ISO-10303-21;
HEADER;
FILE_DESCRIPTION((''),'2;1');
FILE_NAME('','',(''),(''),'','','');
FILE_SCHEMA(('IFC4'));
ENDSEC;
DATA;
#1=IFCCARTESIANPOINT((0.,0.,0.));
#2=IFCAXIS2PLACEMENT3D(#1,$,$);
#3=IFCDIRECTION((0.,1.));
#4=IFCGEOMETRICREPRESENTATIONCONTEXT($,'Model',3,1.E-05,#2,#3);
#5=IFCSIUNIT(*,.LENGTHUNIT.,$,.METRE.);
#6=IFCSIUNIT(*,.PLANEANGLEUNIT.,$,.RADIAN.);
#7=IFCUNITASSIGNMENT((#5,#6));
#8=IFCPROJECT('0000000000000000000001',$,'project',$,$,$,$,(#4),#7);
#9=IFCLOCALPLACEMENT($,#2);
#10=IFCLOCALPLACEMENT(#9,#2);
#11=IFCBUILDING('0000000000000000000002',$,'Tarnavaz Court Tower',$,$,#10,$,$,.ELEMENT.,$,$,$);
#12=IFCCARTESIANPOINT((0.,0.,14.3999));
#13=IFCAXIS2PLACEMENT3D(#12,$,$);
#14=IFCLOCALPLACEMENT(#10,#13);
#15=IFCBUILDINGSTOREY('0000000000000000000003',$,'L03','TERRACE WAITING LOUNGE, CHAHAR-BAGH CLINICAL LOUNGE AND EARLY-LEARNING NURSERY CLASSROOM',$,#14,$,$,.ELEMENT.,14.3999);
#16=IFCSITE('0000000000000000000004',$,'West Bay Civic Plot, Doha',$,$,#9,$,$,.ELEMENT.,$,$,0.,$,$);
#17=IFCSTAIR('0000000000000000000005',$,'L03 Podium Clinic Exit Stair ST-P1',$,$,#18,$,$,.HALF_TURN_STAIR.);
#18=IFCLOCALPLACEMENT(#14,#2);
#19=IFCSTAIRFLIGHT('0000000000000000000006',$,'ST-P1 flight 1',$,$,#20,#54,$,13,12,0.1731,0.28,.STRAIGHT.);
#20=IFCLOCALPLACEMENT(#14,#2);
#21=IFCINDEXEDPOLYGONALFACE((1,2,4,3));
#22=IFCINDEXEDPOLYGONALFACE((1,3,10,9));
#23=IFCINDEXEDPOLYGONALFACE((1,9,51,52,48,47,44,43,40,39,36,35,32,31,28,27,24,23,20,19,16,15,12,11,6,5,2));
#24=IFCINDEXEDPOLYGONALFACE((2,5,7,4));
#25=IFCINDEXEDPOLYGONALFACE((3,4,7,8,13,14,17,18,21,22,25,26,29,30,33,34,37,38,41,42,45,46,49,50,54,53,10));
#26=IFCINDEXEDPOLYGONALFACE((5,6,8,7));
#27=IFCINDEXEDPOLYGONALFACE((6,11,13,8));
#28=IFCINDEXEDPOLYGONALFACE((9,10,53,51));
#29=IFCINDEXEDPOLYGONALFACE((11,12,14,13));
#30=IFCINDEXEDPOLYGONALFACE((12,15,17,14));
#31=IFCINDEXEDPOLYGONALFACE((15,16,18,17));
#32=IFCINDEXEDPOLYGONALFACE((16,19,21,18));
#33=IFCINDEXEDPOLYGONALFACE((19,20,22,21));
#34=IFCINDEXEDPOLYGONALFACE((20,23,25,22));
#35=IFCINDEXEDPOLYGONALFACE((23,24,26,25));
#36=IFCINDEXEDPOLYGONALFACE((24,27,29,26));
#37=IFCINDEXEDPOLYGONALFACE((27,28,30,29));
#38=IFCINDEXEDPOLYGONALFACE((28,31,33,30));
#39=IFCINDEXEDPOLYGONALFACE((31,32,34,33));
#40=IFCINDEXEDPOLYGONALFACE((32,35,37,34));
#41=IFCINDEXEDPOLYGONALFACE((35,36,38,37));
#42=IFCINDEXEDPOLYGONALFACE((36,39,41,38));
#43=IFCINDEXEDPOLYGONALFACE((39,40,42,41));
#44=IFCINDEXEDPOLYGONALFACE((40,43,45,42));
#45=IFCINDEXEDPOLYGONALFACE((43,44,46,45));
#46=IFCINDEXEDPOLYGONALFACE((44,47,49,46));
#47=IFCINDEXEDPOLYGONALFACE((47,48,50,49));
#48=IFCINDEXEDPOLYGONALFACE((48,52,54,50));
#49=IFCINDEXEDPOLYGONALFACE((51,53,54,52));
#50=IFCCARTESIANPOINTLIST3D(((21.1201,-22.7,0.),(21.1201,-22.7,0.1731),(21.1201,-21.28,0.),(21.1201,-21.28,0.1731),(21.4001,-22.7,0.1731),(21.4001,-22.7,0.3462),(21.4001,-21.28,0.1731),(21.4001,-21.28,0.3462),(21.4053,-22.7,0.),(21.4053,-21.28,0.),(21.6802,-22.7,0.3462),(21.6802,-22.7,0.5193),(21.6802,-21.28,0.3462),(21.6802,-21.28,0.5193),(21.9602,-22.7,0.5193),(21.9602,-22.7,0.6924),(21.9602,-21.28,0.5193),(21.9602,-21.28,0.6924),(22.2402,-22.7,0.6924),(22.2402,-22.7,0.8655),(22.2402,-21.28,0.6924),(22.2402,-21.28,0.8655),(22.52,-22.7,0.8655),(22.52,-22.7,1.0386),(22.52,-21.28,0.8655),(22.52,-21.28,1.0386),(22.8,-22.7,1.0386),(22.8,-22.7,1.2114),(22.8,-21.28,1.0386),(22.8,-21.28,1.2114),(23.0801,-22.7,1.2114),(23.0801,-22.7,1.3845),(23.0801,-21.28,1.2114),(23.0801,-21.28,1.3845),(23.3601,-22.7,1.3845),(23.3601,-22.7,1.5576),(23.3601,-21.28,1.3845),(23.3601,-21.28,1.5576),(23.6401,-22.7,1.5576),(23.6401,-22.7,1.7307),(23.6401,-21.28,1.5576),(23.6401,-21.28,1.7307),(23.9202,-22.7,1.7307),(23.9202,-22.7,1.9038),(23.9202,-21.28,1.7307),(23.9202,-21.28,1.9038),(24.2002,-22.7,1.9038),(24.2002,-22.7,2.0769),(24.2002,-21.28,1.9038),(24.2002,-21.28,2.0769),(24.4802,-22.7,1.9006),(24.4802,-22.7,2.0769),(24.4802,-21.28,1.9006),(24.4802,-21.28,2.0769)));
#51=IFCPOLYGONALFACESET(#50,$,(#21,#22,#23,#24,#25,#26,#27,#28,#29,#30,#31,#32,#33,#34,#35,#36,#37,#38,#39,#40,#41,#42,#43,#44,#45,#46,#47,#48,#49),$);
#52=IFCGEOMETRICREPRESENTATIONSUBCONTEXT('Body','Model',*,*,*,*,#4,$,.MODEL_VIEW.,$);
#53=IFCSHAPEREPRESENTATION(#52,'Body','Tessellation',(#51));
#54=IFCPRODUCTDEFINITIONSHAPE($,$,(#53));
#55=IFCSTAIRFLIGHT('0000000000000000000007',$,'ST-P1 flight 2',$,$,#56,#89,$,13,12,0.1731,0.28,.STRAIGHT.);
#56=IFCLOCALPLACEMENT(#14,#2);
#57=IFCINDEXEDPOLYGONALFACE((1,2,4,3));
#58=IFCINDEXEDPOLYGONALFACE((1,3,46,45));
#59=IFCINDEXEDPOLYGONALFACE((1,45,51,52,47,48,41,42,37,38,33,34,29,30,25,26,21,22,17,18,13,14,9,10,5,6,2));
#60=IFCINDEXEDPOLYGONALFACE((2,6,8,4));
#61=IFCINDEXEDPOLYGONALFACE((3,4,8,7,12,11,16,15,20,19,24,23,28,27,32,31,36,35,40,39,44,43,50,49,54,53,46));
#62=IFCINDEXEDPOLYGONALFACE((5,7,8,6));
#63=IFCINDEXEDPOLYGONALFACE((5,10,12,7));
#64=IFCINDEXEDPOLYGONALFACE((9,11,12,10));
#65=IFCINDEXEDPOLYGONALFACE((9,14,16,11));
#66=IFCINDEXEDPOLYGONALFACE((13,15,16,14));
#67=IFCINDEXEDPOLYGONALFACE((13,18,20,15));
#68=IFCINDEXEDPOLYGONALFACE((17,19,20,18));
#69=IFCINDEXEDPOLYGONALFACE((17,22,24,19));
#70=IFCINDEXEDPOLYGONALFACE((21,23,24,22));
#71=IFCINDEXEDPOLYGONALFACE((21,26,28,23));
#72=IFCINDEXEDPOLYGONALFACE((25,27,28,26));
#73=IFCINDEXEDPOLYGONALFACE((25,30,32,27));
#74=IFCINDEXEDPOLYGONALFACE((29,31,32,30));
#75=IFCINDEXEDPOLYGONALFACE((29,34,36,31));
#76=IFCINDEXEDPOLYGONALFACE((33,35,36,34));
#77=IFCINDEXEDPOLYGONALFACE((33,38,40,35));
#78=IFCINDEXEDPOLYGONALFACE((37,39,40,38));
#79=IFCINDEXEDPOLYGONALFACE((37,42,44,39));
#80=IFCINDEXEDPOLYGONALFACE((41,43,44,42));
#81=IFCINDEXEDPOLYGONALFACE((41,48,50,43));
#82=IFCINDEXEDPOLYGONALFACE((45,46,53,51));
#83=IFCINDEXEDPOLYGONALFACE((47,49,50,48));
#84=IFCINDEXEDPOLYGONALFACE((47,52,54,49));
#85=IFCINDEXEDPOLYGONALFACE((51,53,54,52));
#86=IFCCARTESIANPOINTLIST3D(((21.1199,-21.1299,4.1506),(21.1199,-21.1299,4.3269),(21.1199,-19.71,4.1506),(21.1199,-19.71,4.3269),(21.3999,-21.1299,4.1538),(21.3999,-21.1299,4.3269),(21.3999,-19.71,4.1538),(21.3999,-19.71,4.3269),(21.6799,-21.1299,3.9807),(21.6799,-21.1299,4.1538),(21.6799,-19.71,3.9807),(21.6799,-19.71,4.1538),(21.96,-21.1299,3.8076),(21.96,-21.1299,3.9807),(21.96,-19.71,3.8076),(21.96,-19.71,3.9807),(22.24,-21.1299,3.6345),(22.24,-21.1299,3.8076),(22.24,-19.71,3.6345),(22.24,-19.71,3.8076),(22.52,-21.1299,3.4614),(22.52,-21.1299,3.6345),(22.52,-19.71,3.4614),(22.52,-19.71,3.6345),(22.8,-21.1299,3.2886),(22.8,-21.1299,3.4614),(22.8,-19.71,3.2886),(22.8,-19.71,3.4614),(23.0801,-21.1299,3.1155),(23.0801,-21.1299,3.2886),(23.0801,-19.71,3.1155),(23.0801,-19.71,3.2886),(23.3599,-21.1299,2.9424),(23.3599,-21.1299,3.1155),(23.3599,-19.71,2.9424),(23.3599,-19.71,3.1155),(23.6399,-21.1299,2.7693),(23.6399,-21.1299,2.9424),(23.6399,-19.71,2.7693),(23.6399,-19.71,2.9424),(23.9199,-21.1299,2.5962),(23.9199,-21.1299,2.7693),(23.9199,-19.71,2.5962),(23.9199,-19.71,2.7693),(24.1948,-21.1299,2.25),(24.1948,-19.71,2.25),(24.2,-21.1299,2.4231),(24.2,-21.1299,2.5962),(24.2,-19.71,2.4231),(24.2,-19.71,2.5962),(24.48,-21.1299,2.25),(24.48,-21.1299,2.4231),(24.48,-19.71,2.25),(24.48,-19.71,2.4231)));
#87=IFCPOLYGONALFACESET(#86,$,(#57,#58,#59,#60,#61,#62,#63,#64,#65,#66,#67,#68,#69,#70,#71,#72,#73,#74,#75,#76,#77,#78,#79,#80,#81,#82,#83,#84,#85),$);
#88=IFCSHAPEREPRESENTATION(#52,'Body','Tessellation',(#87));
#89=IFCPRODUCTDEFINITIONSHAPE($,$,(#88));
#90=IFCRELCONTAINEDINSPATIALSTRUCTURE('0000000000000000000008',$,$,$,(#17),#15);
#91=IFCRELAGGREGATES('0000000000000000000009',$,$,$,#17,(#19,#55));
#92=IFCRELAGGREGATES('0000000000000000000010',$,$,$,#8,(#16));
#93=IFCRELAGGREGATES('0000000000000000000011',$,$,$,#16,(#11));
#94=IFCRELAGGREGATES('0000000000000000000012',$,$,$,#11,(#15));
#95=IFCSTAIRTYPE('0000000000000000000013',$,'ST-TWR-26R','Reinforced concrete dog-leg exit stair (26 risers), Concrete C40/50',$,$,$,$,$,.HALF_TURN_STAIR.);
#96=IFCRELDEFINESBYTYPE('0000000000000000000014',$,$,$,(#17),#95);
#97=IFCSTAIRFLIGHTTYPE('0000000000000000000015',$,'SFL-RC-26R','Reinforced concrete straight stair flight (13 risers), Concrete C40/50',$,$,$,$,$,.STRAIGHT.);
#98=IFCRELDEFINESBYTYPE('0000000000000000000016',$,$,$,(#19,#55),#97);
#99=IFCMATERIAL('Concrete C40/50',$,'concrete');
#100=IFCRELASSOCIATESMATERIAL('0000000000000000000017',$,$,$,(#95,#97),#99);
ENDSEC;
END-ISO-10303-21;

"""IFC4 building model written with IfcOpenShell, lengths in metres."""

from ifc_helpers import new_model, si_unit, direction, frame, origin, place, context, subcontext, project, spatial, polyline, outline, extrude, material, type_object, element, aggregate, save


model = new_model("IFC4")

# Units and contexts
model_context = context("Model", 3, precision=1e-05, world=origin(), true_north=direction((0.0, 1.0)))
body_context = subcontext(model_context, "Body", "Model", "MODEL_VIEW")
ifc_project = project(units=[si_unit("LENGTHUNIT", "METRE"), si_unit("PLANEANGLEUNIT", "RADIAN")], contexts=[model_context])

# Site, building, storey
site_placement = place(None, origin())
site = spatial("IfcSite", under=ifc_project, at=site_placement, Name="West Bay Civic Plot, Doha", CompositionType="ELEMENT", RefElevation=0.0)
building_placement = place(site_placement, origin())
building = spatial("IfcBuilding", under=site, at=building_placement, Name="Tarnavaz Court Tower", CompositionType="ELEMENT")
storey_placement = place(building_placement, frame((0.0, 0.0, 14.3999)))
storey = spatial("IfcBuildingStorey", under=building, at=storey_placement, Name="L03", Description="TERRACE WAITING LOUNGE, CHAHAR-BAGH CLINICAL LOUNGE AND EARLY-LEARNING NURSERY CLASSROOM", CompositionType="ELEMENT", Elevation=14.3999)

# Stair, stair flights
ifc_material_1 = material(Name="Concrete C40/50", Category="concrete")
stair_type = type_object("IfcStairType", Name="ST-TWR-26R", Description="Reinforced concrete dog-leg exit stair (26 risers), Concrete C40/50", PredefinedType="HALF_TURN_STAIR", material=ifc_material_1)
stair_placement = place(storey_placement, origin())
stair = element("IfcStair", 1, at=stair_placement, inside=storey, type_object=stair_type, Name="L03 Podium Clinic Exit Stair ST-P1", PredefinedType="HALF_TURN_STAIR")
stair_flight_type = type_object("IfcStairFlightType", Name="SFL-RC-26R", Description="Reinforced concrete straight stair flight (13 risers), Concrete C40/50", PredefinedType="STRAIGHT", material=ifc_material_1)
stair_flight_1_placement = place(storey_placement, frame((21.1201, -21.99, 0.0), z_axis=(0.0, 0.0, 1.0), x_axis=(1.0, 0.0, 0.0)))
stair_flight_1 = element("IfcStairFlight", 2, at=stair_flight_1_placement, type_object=stair_flight_type, Name="ST-P1 flight 1", NumberOfRisers=13, NumberOfTreads=12, PredefinedType="STRAIGHT", RiserHeight=0.1731, TreadLength=0.28, context=body_context, shape_type="SweptSolid", body=[
    extrude(outline(polyline([(0.0, 0.0), (0.0, 0.1731), (0.28, 0.1731), (0.28, 0.3462), (0.5601, 0.3462), (0.5601, 0.5193), (0.8401, 0.5193), (0.8401, 0.6924), (1.1201, 0.6924), (1.1201, 0.8655), (1.3999, 0.8655), (1.3999, 1.0386), (1.6799, 1.0386), (1.6799, 1.2114), (1.96, 1.2114), (1.96, 1.3845), (2.24, 1.3845), (2.24, 1.5576), (2.52, 1.5576), (2.52, 1.7307), (2.8, 1.7307), (2.8, 1.9038), (3.0801, 1.9038), (3.0801, 2.0769), (3.3601, 2.0769), (3.3601, 2.25), (3.3601, 1.9006), (0.2852, 0.0), (0.0, 0.0)])), frame((0.0, 0.71, 0.0), z_axis=(0.0, -1.0, 0.0), x_axis=(1.0, 0.0, 0.0)), (0.0, 0.0, 1.0), 1.4199),
])
stair_flight_2_placement = place(storey_placement, frame((24.48, -20.4199, 2.25), z_axis=(0.0, 0.0, 1.0), x_axis=(-1.0, 0.0, 0.0)))
stair_flight_2 = element("IfcStairFlight", 3, at=stair_flight_2_placement, type_object=stair_flight_type, Name="ST-P1 flight 2", NumberOfRisers=13, NumberOfTreads=12, PredefinedType="STRAIGHT", RiserHeight=0.1731, TreadLength=0.28, context=body_context, shape_type="SweptSolid", body=[
    extrude(outline(polyline([(0.0, 0.0), (0.0, 0.1731), (0.28, 0.1731), (0.28, 0.3462), (0.5601, 0.3462), (0.5601, 0.5193), (0.8401, 0.5193), (0.8401, 0.6924), (1.1201, 0.6924), (1.1201, 0.8655), (1.3999, 0.8655), (1.3999, 1.0386), (1.6799, 1.0386), (1.6799, 1.2114), (1.96, 1.2114), (1.96, 1.3845), (2.24, 1.3845), (2.24, 1.5576), (2.52, 1.5576), (2.52, 1.7307), (2.8, 1.7307), (2.8, 1.9038), (3.0801, 1.9038), (3.0801, 2.0769), (3.3601, 2.0769), (3.3601, 2.25), (3.3601, 1.9006), (0.2852, 0.0), (0.0, 0.0)])), frame((0.0, 0.71, 0.0), z_axis=(0.0, -1.0, 0.0), x_axis=(1.0, 0.0, 0.0)), (0.0, 0.0, 1.0), 1.4199),
])
aggregate(stair, [stair_flight_1, stair_flight_2])

save(model, "model.ifc")
